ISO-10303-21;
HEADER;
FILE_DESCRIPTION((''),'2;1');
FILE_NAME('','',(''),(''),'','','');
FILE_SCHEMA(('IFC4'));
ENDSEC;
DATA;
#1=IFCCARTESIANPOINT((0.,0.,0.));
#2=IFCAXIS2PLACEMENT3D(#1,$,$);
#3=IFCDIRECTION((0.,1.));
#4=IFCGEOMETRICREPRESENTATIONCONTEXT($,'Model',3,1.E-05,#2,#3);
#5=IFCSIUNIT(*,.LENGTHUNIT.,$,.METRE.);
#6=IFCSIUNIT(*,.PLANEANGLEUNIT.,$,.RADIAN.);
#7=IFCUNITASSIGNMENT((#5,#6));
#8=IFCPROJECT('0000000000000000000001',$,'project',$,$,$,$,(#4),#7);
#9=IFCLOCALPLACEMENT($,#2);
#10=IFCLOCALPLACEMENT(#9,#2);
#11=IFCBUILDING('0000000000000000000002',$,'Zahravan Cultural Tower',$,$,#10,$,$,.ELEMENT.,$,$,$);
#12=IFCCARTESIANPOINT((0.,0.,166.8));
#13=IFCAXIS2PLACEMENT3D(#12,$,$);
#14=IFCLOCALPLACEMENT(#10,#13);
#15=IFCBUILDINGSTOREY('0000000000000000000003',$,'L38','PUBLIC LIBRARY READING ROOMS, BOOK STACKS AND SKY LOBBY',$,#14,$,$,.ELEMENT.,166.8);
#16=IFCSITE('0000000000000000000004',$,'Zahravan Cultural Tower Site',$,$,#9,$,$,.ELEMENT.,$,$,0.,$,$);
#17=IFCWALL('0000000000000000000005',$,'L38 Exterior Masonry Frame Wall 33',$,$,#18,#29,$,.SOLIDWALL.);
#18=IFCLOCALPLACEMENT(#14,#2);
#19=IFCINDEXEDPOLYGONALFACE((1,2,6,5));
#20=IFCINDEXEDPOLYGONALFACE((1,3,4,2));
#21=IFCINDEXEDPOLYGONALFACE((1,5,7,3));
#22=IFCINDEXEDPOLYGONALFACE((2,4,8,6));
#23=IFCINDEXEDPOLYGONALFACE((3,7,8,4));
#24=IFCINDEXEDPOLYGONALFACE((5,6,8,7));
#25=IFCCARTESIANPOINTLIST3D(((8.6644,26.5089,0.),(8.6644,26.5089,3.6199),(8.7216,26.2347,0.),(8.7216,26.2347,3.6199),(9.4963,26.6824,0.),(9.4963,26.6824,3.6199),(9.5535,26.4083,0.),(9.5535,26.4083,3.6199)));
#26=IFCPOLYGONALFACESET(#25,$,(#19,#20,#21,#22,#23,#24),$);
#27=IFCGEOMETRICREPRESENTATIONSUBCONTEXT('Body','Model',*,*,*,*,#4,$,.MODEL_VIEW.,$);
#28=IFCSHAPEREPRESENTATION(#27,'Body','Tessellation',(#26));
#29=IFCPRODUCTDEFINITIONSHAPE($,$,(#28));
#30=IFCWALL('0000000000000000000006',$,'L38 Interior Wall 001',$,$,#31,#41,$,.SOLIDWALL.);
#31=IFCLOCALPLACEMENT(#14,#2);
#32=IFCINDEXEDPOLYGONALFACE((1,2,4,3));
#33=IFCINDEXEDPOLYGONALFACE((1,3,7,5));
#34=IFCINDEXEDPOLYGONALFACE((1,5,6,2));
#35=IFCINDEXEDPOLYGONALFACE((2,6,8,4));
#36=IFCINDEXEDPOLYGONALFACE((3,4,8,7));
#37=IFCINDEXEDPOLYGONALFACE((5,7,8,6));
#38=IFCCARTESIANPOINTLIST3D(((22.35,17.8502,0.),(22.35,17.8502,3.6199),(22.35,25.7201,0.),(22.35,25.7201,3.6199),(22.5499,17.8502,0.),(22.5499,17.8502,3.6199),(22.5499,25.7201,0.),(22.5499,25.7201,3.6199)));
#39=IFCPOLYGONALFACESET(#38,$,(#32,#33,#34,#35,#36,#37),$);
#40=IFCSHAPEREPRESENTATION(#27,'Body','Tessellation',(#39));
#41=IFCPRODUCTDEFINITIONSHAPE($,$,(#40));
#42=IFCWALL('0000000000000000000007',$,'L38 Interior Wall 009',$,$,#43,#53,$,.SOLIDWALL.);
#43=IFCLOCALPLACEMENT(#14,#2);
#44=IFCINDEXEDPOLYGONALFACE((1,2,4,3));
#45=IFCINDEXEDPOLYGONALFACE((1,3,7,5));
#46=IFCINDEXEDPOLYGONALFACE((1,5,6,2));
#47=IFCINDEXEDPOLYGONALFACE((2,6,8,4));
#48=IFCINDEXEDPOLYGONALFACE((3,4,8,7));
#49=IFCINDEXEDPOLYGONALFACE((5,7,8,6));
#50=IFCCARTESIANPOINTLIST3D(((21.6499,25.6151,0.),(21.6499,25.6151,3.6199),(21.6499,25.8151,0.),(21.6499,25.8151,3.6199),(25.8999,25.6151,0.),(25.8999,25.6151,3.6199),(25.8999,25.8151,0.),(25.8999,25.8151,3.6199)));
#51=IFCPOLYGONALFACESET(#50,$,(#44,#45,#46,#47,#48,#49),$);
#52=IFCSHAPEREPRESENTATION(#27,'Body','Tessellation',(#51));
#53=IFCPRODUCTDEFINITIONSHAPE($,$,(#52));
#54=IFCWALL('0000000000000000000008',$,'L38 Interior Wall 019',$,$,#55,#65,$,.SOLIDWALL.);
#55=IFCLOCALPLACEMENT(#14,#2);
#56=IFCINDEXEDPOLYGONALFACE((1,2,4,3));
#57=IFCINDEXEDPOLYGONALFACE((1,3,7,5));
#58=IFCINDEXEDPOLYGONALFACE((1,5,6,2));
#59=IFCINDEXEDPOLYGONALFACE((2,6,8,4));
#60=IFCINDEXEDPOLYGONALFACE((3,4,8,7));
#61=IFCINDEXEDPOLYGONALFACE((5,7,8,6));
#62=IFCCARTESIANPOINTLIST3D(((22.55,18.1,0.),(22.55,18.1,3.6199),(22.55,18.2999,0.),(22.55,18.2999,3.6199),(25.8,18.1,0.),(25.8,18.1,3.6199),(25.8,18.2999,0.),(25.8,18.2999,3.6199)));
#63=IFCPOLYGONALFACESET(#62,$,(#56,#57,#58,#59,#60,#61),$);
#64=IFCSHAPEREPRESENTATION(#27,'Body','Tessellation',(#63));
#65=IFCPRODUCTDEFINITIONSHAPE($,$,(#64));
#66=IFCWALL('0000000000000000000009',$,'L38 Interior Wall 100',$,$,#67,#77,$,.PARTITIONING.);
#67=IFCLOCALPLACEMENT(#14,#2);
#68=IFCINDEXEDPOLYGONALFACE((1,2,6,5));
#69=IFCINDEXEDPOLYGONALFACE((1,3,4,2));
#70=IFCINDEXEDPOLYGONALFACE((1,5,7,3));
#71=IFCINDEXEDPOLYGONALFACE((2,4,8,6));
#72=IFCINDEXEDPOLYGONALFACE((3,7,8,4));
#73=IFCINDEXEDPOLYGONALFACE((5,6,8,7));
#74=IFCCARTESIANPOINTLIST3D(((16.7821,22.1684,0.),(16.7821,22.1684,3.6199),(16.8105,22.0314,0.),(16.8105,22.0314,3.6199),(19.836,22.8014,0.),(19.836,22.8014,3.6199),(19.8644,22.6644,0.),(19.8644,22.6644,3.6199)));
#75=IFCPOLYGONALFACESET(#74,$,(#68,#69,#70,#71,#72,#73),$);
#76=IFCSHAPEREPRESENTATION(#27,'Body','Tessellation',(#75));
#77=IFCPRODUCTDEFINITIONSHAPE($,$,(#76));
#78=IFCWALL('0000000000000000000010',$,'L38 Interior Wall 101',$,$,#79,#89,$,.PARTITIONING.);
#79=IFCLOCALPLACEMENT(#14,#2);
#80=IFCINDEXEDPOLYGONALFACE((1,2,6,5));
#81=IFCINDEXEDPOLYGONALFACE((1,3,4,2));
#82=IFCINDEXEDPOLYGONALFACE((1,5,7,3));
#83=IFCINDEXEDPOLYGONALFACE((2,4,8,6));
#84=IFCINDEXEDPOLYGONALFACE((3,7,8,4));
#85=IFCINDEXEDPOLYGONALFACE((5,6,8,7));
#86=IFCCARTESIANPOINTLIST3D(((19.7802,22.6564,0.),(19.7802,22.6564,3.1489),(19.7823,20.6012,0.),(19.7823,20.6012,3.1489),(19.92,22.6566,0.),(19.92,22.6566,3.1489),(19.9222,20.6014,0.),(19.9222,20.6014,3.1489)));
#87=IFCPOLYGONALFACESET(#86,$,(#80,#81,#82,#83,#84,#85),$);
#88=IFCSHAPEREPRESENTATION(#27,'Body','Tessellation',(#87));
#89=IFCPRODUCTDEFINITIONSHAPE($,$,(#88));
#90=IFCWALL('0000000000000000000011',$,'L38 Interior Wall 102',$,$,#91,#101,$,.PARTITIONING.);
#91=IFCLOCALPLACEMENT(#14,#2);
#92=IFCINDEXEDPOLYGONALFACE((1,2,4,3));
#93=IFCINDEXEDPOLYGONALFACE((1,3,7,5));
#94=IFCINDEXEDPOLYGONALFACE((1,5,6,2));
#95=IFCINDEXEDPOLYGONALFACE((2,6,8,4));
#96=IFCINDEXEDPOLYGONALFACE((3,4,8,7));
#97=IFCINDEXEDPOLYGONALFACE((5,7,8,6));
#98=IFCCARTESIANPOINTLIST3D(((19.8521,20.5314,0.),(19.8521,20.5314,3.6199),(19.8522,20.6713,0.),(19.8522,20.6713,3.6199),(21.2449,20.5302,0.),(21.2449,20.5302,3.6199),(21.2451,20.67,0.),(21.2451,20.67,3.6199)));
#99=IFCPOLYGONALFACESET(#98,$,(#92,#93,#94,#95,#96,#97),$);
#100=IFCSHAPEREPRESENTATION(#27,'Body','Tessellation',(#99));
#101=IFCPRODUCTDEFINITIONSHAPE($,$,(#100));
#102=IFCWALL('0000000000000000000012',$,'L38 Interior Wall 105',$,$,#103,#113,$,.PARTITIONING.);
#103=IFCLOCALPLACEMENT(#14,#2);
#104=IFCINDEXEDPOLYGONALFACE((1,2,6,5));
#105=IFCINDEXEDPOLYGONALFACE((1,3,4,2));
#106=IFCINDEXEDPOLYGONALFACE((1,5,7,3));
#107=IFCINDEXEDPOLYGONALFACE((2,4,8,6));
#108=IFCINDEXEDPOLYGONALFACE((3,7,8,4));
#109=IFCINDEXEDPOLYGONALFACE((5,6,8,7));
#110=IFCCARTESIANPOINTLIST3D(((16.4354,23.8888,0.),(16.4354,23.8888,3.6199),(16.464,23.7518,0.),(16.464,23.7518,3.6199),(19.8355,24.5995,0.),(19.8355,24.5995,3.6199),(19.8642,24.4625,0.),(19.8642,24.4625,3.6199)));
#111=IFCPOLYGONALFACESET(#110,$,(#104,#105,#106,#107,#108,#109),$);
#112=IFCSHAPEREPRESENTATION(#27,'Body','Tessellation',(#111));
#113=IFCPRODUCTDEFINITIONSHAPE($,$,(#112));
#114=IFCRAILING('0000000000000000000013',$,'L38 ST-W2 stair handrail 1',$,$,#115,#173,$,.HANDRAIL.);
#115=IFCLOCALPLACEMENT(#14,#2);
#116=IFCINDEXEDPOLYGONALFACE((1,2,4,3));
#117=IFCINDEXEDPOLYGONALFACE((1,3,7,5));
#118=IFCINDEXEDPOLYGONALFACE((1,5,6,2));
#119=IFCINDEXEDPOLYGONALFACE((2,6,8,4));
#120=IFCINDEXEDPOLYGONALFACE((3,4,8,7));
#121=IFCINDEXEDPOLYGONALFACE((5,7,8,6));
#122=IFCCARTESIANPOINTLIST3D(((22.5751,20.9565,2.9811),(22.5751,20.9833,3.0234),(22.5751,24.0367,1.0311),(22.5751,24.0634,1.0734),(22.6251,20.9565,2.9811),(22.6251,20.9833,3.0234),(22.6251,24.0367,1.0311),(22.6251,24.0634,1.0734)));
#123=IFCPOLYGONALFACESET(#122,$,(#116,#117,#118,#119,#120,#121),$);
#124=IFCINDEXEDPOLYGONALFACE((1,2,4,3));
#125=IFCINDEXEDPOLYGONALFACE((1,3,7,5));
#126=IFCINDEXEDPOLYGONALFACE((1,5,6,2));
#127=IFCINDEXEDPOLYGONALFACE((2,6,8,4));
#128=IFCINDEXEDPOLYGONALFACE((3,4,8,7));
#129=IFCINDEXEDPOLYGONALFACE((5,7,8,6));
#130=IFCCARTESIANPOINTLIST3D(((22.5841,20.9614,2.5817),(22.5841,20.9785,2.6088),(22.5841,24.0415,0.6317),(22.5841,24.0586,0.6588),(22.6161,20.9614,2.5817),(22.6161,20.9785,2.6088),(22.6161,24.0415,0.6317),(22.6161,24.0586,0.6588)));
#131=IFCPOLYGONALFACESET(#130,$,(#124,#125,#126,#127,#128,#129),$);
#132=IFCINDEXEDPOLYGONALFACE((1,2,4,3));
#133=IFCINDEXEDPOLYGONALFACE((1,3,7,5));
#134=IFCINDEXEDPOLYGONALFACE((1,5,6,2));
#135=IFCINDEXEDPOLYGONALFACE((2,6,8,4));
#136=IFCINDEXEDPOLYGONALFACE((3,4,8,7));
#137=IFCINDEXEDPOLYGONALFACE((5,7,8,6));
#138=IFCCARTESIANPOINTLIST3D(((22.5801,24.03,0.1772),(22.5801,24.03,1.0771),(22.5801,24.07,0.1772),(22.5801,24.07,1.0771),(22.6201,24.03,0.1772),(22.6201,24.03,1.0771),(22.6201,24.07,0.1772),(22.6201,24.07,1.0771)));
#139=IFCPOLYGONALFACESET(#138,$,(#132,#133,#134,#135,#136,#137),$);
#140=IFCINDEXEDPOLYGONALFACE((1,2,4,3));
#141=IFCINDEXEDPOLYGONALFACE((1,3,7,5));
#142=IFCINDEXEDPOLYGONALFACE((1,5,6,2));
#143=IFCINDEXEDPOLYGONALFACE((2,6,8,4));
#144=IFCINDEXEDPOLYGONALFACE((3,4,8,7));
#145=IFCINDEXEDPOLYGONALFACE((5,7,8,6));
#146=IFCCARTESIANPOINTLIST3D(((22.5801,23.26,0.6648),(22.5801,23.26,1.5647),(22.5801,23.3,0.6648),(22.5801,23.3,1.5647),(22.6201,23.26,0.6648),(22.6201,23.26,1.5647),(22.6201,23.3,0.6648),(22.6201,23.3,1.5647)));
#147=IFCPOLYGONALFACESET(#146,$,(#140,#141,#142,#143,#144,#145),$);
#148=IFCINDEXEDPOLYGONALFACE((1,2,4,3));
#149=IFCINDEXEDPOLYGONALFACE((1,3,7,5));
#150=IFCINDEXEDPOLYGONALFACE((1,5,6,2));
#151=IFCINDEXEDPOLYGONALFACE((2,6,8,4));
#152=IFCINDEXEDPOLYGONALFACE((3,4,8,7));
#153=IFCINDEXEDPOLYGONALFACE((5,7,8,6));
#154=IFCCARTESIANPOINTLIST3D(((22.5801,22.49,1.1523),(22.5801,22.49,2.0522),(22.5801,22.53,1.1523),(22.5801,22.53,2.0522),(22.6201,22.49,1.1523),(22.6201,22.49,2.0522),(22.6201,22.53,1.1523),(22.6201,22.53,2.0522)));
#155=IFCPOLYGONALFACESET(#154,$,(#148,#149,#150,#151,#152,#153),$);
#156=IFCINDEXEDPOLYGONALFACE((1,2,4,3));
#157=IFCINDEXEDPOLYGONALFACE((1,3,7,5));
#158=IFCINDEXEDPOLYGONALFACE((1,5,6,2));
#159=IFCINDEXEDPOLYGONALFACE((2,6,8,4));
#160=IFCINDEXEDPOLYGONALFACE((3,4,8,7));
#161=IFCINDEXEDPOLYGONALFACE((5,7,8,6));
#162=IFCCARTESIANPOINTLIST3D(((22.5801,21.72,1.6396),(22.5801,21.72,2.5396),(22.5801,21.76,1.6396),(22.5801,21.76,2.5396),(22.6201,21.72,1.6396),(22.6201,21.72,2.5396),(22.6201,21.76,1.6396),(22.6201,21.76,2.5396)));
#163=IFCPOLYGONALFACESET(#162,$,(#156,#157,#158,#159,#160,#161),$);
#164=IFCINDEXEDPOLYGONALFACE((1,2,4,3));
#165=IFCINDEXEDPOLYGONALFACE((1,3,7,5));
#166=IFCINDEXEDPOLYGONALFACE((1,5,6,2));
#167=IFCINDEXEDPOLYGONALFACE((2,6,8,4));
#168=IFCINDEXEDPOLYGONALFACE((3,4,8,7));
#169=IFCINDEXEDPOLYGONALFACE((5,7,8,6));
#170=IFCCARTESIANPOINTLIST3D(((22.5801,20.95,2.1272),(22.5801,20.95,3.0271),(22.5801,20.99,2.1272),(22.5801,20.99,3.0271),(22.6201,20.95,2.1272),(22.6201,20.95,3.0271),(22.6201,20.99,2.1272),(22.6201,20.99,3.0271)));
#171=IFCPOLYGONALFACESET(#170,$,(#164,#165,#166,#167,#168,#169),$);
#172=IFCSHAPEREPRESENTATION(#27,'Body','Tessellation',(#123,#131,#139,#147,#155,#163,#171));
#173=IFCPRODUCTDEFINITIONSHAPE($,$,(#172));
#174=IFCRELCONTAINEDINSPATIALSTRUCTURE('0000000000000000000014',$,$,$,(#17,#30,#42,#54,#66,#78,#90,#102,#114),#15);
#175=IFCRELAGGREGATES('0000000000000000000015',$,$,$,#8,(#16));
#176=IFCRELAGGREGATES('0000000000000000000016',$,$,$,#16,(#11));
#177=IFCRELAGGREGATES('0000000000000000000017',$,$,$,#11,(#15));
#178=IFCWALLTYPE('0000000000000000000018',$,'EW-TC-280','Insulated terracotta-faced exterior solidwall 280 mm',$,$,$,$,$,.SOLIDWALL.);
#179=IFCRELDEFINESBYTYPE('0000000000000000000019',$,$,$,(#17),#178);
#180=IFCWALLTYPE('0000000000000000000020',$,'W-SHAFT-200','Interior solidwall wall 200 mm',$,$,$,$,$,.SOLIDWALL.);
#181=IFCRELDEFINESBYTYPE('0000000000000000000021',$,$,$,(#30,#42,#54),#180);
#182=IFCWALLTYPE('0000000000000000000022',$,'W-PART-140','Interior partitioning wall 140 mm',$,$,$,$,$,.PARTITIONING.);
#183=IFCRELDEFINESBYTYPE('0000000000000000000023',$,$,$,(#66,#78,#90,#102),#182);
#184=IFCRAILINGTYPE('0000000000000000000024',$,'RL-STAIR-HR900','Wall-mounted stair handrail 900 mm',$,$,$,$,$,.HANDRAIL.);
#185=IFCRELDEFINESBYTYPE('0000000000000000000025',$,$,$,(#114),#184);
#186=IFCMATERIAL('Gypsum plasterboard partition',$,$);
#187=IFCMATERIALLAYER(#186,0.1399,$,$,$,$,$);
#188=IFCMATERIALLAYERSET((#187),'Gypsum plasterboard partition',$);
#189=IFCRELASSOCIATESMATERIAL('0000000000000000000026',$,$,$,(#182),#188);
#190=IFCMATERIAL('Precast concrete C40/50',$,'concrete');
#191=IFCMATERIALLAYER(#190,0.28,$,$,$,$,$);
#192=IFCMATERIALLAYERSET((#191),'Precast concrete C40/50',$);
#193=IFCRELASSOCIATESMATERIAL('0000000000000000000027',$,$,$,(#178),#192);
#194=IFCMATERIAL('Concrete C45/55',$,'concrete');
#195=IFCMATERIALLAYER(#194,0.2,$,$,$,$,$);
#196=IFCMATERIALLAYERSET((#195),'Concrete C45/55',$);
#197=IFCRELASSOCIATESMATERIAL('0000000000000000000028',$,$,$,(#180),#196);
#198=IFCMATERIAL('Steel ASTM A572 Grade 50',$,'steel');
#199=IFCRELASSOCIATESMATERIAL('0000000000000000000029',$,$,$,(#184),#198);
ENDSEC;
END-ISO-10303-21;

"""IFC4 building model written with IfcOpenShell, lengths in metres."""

from ifc_helpers import new_model, si_unit, direction, frame, frame_2d, origin, origin_2d, place, context, subcontext, project, spatial, rectangle, extrude, source, transform, mapped, material, layer, layer_set, type_object, element, save


model = new_model("IFC4")

# Units and contexts
model_context = context("Model", 3, precision=1e-05, world=origin(), true_north=direction((0.0, 1.0)))
body_context = subcontext(model_context, "Body", "Model", "MODEL_VIEW")
ifc_project = project(units=[si_unit("LENGTHUNIT", "METRE"), si_unit("PLANEANGLEUNIT", "RADIAN")], contexts=[model_context])

# Site, building, storey
site_placement = place(None, origin())
site = spatial("IfcSite", under=ifc_project, at=site_placement, Name="Zahravan Cultural Tower Site", CompositionType="ELEMENT", RefElevation=0.0)
building_placement = place(site_placement, origin())
building = spatial("IfcBuilding", under=site, at=building_placement, Name="Zahravan Cultural Tower", CompositionType="ELEMENT")
storey_placement = place(building_placement, frame((0.0, 0.0, 166.8)))
storey = spatial("IfcBuildingStorey", under=building, at=storey_placement, Name="L38", Description="PUBLIC LIBRARY READING ROOMS, BOOK STACKS AND SKY LOBBY", CompositionType="ELEMENT", Elevation=166.8)

# Shared definitions
ifc_material_1 = material(Name="Gypsum plasterboard partition")
ifc_layer_1 = layer(ifc_material_1, 0.1399)
ifc_layer_set_1 = layer_set([ifc_layer_1], Name="Gypsum plasterboard partition")
wall_type_1 = type_object("IfcWallType", Name="W-PART-140", Description="Interior partitioning wall 140 mm", PredefinedType="PARTITIONING", material=ifc_layer_set_1)

# Walls
ifc_material_2 = material(Name="Precast concrete C40/50", Category="concrete")
ifc_layer_2 = layer(ifc_material_2, 0.28)
ifc_layer_set_2 = layer_set([ifc_layer_2], Name="Precast concrete C40/50")
wall_type_2 = type_object("IfcWallType", Name="EW-TC-280", Description="Insulated terracotta-faced exterior solidwall 280 mm", PredefinedType="SOLIDWALL", material=ifc_layer_set_2)
shared_shape_1 = source(origin(), body_context, "Body", "SweptSolid", [
    extrude(rectangle(XDim=0.8499, YDim=0.28, at=frame_2d((0.4248, 0.0))), origin(), (0.0, 0.0, 1.0), 3.6199),
])
wall_1_placement = place(storey_placement, frame((8.6931, 26.3718, 0.0), z_axis=(0.0, 0.0, 1.0), x_axis=(0.978923, 0.20423, 0.0)))
element("IfcWall", 1, at=wall_1_placement, inside=storey, type_object=wall_type_2, Name="L38 Exterior Masonry Frame Wall 33", PredefinedType="SOLIDWALL", context=body_context, shape_type="MappedRepresentation", body=[
    mapped(shared_shape_1, transform((0.0, 0.0, 0.0), x_axis=(1.0, 0.0, 0.0), y_axis=(0.0, 1.0, 0.0), z_axis=(0.0, 0.0, 1.0), scale=1.0)),
])
ifc_material_3 = material(Name="Concrete C45/55", Category="concrete")
ifc_layer_3 = layer(ifc_material_3, 0.2)
ifc_layer_set_3 = layer_set([ifc_layer_3], Name="Concrete C45/55")
wall_type_3 = type_object("IfcWallType", Name="W-SHAFT-200", Description="Interior solidwall wall 200 mm", PredefinedType="SOLIDWALL", material=ifc_layer_set_3)
shared_shape_2 = source(origin(), body_context, "Body", "SweptSolid", [
    extrude(rectangle(XDim=7.8699, YDim=0.2, at=frame_2d((3.9351, 0.0))), origin(), (0.0, 0.0, 1.0), 3.6199),
])
wall_2_placement = place(storey_placement, frame((22.45, 17.8501, 0.0), z_axis=(0.0, 0.0, 1.0), x_axis=(0.0, 1.0, 0.0)))
element("IfcWall", 2, at=wall_2_placement, inside=storey, type_object=wall_type_3, Name="L38 Interior Wall 001", PredefinedType="SOLIDWALL", context=body_context, shape_type="MappedRepresentation", body=[
    mapped(shared_shape_2, transform((0.0, 0.0, 0.0), x_axis=(1.0, 0.0, 0.0), y_axis=(0.0, 1.0, 0.0), z_axis=(0.0, 0.0, 1.0), scale=1.0)),
])
shared_shape_3 = source(origin(), body_context, "Body", "SweptSolid", [
    extrude(rectangle(XDim=4.25, YDim=0.2, at=frame_2d((2.125, 0.0))), origin(), (0.0, 0.0, 1.0), 3.6199),
])
wall_3_placement = place(storey_placement, frame((21.6499, 25.7151, 0.0), z_axis=(0.0, 0.0, 1.0), x_axis=(1.0, 0.0, 0.0)))
element("IfcWall", 3, at=wall_3_placement, inside=storey, type_object=wall_type_3, Name="L38 Interior Wall 009", PredefinedType="SOLIDWALL", context=body_context, shape_type="MappedRepresentation", body=[
    mapped(shared_shape_3, transform((0.0, 0.0, 0.0), x_axis=(1.0, 0.0, 0.0), y_axis=(0.0, 1.0, 0.0), z_axis=(0.0, 0.0, 1.0), scale=1.0)),
])
shared_shape_4 = source(origin(), body_context, "Body", "SweptSolid", [
    extrude(rectangle(XDim=3.25, YDim=0.2, at=frame_2d((1.625, 0.0))), origin(), (0.0, 0.0, 1.0), 3.6199),
])
wall_4_placement = place(storey_placement, frame((22.55, 18.2, 0.0), z_axis=(0.0, 0.0, 1.0), x_axis=(1.0, 0.0, 0.0)))
element("IfcWall", 4, at=wall_4_placement, inside=storey, type_object=wall_type_3, Name="L38 Interior Wall 019", PredefinedType="SOLIDWALL", context=body_context, shape_type="MappedRepresentation", body=[
    mapped(shared_shape_4, transform((0.0, 0.0, 0.0), x_axis=(1.0, 0.0, 0.0), y_axis=(0.0, 1.0, 0.0), z_axis=(0.0, 0.0, 1.0), scale=1.0)),
])
shared_shape_5 = source(origin(), body_context, "Body", "SweptSolid", [
    extrude(rectangle(XDim=3.1189, YDim=0.1399, at=frame_2d((1.5596, 0.0))), origin(), (0.0, 0.0, 1.0), 3.6199),
])
wall_5_placement = place(storey_placement, frame((16.7961, 22.0999, 0.0), z_axis=(0.0, 0.0, 1.0), x_axis=(0.979184, 0.202976, 0.0)))
element("IfcWall", 5, at=wall_5_placement, inside=storey, type_object=wall_type_1, Name="L38 Interior Wall 100", PredefinedType="PARTITIONING", context=body_context, shape_type="MappedRepresentation", body=[
    mapped(shared_shape_5, transform((0.0, 0.0, 0.0), x_axis=(1.0, 0.0, 0.0), y_axis=(0.0, 1.0, 0.0), z_axis=(0.0, 0.0, 1.0), scale=1.0)),
])
shared_shape_6 = source(origin(), body_context, "Body", "SweptSolid", [
    extrude(rectangle(XDim=2.0552, YDim=0.1399, at=frame_2d((1.0276, 0.0))), origin(), (0.0, 0.0, 1.0), 3.1489),
])
wall_6_placement = place(storey_placement, frame((19.8501, 22.6565, 0.0), z_axis=(0.0, 0.0, 1.0), x_axis=(0.001069, -0.999999, 0.0)))
element("IfcWall", 6, at=wall_6_placement, inside=storey, type_object=wall_type_1, Name="L38 Interior Wall 101", PredefinedType="PARTITIONING", context=body_context, shape_type="MappedRepresentation", body=[
    mapped(shared_shape_6, transform((0.0, 0.0, 0.0), x_axis=(1.0, 0.0, 0.0), y_axis=(0.0, 1.0, 0.0), z_axis=(0.0, 0.0, 1.0), scale=1.0)),
])
shared_shape_7 = source(origin(), body_context, "Body", "SweptSolid", [
    extrude(rectangle(XDim=1.3928, YDim=0.1399, at=frame_2d((0.6963, 0.0))), origin(), (0.0, 0.0, 1.0), 3.6199),
])
wall_7_placement = place(storey_placement, frame((19.8523, 20.6013, 0.0), z_axis=(0.0, 0.0, 1.0), x_axis=(1.0, -0.000876, 0.0)))
element("IfcWall", 7, at=wall_7_placement, inside=storey, type_object=wall_type_1, Name="L38 Interior Wall 102", PredefinedType="PARTITIONING", context=body_context, shape_type="MappedRepresentation", body=[
    mapped(shared_shape_7, transform((0.0, 0.0, 0.0), x_axis=(1.0, 0.0, 0.0), y_axis=(0.0, 1.0, 0.0), z_axis=(0.0, 0.0, 1.0), scale=1.0)),
])
shared_shape_8 = source(origin(), body_context, "Body", "SweptSolid", [
    extrude(rectangle(XDim=3.4736, YDim=0.1399, at=frame_2d((1.7368, 0.0))), origin(), (0.0, 0.0, 1.0), 3.6199),
])
wall_8_placement = place(storey_placement, frame((19.8499, 24.531, 0.0), z_axis=(0.0, 0.0, 1.0), x_axis=(-0.978846, -0.204597, 0.0)))
element("IfcWall", 8, at=wall_8_placement, inside=storey, type_object=wall_type_1, Name="L38 Interior Wall 105", PredefinedType="PARTITIONING", context=body_context, shape_type="MappedRepresentation", body=[
    mapped(shared_shape_8, transform((0.0, 0.0, 0.0), x_axis=(1.0, 0.0, 0.0), y_axis=(0.0, 1.0, 0.0), z_axis=(0.0, 0.0, 1.0), scale=1.0)),
])

# Railing
ifc_material_4 = material(Name="Steel ASTM A572 Grade 50", Category="steel")
railing_type = type_object("IfcRailingType", Name="RL-STAIR-HR900", Description="Wall-mounted stair handrail 900 mm", PredefinedType="HANDRAIL", material=ifc_material_4)
railing_placement = place(storey_placement, frame((22.6001, 24.05, 0.1772)))
element("IfcRailing", 9, at=railing_placement, inside=storey, type_object=railing_type, Name="L38 ST-W2 stair handrail 1", PredefinedType="HANDRAIL", context=body_context, shape_type="SweptSolid", body=[
    extrude(rectangle(XDim=0.05, YDim=0.05, at=origin_2d()), frame((0.0, 0.0, 0.875), z_axis=(0.0, -0.844914, 0.534902), x_axis=(1.0, 0.0, 0.0)), (0.0, 0.0, 1.0), 3.6455),
    extrude(rectangle(XDim=0.032, YDim=0.032, at=origin_2d()), frame((0.0, 0.0, 0.468), z_axis=(0.0, -0.844914, 0.534902), x_axis=(1.0, 0.0, 0.0)), (0.0, 0.0, 1.0), 3.6455),
    extrude(rectangle(XDim=0.04, YDim=0.04, at=origin_2d()), origin(), (0.0, 0.0, 1.0), 0.8999),
    extrude(rectangle(XDim=0.04, YDim=0.04, at=origin_2d()), frame((0.0, -0.77, 0.4875)), (0.0, 0.0, 1.0), 0.8999),
    extrude(rectangle(XDim=0.04, YDim=0.04, at=origin_2d()), frame((0.0, -1.54, 0.9751)), (0.0, 0.0, 1.0), 0.8999),
    extrude(rectangle(XDim=0.04, YDim=0.04, at=origin_2d()), frame((0.0, -2.3101, 1.4624)), (0.0, 0.0, 1.0), 0.8999),
    extrude(rectangle(XDim=0.04, YDim=0.04, at=origin_2d()), frame((0.0, -3.0801, 1.95)), (0.0, 0.0, 1.0), 0.8999),
])

save(model, "model.ifc")
